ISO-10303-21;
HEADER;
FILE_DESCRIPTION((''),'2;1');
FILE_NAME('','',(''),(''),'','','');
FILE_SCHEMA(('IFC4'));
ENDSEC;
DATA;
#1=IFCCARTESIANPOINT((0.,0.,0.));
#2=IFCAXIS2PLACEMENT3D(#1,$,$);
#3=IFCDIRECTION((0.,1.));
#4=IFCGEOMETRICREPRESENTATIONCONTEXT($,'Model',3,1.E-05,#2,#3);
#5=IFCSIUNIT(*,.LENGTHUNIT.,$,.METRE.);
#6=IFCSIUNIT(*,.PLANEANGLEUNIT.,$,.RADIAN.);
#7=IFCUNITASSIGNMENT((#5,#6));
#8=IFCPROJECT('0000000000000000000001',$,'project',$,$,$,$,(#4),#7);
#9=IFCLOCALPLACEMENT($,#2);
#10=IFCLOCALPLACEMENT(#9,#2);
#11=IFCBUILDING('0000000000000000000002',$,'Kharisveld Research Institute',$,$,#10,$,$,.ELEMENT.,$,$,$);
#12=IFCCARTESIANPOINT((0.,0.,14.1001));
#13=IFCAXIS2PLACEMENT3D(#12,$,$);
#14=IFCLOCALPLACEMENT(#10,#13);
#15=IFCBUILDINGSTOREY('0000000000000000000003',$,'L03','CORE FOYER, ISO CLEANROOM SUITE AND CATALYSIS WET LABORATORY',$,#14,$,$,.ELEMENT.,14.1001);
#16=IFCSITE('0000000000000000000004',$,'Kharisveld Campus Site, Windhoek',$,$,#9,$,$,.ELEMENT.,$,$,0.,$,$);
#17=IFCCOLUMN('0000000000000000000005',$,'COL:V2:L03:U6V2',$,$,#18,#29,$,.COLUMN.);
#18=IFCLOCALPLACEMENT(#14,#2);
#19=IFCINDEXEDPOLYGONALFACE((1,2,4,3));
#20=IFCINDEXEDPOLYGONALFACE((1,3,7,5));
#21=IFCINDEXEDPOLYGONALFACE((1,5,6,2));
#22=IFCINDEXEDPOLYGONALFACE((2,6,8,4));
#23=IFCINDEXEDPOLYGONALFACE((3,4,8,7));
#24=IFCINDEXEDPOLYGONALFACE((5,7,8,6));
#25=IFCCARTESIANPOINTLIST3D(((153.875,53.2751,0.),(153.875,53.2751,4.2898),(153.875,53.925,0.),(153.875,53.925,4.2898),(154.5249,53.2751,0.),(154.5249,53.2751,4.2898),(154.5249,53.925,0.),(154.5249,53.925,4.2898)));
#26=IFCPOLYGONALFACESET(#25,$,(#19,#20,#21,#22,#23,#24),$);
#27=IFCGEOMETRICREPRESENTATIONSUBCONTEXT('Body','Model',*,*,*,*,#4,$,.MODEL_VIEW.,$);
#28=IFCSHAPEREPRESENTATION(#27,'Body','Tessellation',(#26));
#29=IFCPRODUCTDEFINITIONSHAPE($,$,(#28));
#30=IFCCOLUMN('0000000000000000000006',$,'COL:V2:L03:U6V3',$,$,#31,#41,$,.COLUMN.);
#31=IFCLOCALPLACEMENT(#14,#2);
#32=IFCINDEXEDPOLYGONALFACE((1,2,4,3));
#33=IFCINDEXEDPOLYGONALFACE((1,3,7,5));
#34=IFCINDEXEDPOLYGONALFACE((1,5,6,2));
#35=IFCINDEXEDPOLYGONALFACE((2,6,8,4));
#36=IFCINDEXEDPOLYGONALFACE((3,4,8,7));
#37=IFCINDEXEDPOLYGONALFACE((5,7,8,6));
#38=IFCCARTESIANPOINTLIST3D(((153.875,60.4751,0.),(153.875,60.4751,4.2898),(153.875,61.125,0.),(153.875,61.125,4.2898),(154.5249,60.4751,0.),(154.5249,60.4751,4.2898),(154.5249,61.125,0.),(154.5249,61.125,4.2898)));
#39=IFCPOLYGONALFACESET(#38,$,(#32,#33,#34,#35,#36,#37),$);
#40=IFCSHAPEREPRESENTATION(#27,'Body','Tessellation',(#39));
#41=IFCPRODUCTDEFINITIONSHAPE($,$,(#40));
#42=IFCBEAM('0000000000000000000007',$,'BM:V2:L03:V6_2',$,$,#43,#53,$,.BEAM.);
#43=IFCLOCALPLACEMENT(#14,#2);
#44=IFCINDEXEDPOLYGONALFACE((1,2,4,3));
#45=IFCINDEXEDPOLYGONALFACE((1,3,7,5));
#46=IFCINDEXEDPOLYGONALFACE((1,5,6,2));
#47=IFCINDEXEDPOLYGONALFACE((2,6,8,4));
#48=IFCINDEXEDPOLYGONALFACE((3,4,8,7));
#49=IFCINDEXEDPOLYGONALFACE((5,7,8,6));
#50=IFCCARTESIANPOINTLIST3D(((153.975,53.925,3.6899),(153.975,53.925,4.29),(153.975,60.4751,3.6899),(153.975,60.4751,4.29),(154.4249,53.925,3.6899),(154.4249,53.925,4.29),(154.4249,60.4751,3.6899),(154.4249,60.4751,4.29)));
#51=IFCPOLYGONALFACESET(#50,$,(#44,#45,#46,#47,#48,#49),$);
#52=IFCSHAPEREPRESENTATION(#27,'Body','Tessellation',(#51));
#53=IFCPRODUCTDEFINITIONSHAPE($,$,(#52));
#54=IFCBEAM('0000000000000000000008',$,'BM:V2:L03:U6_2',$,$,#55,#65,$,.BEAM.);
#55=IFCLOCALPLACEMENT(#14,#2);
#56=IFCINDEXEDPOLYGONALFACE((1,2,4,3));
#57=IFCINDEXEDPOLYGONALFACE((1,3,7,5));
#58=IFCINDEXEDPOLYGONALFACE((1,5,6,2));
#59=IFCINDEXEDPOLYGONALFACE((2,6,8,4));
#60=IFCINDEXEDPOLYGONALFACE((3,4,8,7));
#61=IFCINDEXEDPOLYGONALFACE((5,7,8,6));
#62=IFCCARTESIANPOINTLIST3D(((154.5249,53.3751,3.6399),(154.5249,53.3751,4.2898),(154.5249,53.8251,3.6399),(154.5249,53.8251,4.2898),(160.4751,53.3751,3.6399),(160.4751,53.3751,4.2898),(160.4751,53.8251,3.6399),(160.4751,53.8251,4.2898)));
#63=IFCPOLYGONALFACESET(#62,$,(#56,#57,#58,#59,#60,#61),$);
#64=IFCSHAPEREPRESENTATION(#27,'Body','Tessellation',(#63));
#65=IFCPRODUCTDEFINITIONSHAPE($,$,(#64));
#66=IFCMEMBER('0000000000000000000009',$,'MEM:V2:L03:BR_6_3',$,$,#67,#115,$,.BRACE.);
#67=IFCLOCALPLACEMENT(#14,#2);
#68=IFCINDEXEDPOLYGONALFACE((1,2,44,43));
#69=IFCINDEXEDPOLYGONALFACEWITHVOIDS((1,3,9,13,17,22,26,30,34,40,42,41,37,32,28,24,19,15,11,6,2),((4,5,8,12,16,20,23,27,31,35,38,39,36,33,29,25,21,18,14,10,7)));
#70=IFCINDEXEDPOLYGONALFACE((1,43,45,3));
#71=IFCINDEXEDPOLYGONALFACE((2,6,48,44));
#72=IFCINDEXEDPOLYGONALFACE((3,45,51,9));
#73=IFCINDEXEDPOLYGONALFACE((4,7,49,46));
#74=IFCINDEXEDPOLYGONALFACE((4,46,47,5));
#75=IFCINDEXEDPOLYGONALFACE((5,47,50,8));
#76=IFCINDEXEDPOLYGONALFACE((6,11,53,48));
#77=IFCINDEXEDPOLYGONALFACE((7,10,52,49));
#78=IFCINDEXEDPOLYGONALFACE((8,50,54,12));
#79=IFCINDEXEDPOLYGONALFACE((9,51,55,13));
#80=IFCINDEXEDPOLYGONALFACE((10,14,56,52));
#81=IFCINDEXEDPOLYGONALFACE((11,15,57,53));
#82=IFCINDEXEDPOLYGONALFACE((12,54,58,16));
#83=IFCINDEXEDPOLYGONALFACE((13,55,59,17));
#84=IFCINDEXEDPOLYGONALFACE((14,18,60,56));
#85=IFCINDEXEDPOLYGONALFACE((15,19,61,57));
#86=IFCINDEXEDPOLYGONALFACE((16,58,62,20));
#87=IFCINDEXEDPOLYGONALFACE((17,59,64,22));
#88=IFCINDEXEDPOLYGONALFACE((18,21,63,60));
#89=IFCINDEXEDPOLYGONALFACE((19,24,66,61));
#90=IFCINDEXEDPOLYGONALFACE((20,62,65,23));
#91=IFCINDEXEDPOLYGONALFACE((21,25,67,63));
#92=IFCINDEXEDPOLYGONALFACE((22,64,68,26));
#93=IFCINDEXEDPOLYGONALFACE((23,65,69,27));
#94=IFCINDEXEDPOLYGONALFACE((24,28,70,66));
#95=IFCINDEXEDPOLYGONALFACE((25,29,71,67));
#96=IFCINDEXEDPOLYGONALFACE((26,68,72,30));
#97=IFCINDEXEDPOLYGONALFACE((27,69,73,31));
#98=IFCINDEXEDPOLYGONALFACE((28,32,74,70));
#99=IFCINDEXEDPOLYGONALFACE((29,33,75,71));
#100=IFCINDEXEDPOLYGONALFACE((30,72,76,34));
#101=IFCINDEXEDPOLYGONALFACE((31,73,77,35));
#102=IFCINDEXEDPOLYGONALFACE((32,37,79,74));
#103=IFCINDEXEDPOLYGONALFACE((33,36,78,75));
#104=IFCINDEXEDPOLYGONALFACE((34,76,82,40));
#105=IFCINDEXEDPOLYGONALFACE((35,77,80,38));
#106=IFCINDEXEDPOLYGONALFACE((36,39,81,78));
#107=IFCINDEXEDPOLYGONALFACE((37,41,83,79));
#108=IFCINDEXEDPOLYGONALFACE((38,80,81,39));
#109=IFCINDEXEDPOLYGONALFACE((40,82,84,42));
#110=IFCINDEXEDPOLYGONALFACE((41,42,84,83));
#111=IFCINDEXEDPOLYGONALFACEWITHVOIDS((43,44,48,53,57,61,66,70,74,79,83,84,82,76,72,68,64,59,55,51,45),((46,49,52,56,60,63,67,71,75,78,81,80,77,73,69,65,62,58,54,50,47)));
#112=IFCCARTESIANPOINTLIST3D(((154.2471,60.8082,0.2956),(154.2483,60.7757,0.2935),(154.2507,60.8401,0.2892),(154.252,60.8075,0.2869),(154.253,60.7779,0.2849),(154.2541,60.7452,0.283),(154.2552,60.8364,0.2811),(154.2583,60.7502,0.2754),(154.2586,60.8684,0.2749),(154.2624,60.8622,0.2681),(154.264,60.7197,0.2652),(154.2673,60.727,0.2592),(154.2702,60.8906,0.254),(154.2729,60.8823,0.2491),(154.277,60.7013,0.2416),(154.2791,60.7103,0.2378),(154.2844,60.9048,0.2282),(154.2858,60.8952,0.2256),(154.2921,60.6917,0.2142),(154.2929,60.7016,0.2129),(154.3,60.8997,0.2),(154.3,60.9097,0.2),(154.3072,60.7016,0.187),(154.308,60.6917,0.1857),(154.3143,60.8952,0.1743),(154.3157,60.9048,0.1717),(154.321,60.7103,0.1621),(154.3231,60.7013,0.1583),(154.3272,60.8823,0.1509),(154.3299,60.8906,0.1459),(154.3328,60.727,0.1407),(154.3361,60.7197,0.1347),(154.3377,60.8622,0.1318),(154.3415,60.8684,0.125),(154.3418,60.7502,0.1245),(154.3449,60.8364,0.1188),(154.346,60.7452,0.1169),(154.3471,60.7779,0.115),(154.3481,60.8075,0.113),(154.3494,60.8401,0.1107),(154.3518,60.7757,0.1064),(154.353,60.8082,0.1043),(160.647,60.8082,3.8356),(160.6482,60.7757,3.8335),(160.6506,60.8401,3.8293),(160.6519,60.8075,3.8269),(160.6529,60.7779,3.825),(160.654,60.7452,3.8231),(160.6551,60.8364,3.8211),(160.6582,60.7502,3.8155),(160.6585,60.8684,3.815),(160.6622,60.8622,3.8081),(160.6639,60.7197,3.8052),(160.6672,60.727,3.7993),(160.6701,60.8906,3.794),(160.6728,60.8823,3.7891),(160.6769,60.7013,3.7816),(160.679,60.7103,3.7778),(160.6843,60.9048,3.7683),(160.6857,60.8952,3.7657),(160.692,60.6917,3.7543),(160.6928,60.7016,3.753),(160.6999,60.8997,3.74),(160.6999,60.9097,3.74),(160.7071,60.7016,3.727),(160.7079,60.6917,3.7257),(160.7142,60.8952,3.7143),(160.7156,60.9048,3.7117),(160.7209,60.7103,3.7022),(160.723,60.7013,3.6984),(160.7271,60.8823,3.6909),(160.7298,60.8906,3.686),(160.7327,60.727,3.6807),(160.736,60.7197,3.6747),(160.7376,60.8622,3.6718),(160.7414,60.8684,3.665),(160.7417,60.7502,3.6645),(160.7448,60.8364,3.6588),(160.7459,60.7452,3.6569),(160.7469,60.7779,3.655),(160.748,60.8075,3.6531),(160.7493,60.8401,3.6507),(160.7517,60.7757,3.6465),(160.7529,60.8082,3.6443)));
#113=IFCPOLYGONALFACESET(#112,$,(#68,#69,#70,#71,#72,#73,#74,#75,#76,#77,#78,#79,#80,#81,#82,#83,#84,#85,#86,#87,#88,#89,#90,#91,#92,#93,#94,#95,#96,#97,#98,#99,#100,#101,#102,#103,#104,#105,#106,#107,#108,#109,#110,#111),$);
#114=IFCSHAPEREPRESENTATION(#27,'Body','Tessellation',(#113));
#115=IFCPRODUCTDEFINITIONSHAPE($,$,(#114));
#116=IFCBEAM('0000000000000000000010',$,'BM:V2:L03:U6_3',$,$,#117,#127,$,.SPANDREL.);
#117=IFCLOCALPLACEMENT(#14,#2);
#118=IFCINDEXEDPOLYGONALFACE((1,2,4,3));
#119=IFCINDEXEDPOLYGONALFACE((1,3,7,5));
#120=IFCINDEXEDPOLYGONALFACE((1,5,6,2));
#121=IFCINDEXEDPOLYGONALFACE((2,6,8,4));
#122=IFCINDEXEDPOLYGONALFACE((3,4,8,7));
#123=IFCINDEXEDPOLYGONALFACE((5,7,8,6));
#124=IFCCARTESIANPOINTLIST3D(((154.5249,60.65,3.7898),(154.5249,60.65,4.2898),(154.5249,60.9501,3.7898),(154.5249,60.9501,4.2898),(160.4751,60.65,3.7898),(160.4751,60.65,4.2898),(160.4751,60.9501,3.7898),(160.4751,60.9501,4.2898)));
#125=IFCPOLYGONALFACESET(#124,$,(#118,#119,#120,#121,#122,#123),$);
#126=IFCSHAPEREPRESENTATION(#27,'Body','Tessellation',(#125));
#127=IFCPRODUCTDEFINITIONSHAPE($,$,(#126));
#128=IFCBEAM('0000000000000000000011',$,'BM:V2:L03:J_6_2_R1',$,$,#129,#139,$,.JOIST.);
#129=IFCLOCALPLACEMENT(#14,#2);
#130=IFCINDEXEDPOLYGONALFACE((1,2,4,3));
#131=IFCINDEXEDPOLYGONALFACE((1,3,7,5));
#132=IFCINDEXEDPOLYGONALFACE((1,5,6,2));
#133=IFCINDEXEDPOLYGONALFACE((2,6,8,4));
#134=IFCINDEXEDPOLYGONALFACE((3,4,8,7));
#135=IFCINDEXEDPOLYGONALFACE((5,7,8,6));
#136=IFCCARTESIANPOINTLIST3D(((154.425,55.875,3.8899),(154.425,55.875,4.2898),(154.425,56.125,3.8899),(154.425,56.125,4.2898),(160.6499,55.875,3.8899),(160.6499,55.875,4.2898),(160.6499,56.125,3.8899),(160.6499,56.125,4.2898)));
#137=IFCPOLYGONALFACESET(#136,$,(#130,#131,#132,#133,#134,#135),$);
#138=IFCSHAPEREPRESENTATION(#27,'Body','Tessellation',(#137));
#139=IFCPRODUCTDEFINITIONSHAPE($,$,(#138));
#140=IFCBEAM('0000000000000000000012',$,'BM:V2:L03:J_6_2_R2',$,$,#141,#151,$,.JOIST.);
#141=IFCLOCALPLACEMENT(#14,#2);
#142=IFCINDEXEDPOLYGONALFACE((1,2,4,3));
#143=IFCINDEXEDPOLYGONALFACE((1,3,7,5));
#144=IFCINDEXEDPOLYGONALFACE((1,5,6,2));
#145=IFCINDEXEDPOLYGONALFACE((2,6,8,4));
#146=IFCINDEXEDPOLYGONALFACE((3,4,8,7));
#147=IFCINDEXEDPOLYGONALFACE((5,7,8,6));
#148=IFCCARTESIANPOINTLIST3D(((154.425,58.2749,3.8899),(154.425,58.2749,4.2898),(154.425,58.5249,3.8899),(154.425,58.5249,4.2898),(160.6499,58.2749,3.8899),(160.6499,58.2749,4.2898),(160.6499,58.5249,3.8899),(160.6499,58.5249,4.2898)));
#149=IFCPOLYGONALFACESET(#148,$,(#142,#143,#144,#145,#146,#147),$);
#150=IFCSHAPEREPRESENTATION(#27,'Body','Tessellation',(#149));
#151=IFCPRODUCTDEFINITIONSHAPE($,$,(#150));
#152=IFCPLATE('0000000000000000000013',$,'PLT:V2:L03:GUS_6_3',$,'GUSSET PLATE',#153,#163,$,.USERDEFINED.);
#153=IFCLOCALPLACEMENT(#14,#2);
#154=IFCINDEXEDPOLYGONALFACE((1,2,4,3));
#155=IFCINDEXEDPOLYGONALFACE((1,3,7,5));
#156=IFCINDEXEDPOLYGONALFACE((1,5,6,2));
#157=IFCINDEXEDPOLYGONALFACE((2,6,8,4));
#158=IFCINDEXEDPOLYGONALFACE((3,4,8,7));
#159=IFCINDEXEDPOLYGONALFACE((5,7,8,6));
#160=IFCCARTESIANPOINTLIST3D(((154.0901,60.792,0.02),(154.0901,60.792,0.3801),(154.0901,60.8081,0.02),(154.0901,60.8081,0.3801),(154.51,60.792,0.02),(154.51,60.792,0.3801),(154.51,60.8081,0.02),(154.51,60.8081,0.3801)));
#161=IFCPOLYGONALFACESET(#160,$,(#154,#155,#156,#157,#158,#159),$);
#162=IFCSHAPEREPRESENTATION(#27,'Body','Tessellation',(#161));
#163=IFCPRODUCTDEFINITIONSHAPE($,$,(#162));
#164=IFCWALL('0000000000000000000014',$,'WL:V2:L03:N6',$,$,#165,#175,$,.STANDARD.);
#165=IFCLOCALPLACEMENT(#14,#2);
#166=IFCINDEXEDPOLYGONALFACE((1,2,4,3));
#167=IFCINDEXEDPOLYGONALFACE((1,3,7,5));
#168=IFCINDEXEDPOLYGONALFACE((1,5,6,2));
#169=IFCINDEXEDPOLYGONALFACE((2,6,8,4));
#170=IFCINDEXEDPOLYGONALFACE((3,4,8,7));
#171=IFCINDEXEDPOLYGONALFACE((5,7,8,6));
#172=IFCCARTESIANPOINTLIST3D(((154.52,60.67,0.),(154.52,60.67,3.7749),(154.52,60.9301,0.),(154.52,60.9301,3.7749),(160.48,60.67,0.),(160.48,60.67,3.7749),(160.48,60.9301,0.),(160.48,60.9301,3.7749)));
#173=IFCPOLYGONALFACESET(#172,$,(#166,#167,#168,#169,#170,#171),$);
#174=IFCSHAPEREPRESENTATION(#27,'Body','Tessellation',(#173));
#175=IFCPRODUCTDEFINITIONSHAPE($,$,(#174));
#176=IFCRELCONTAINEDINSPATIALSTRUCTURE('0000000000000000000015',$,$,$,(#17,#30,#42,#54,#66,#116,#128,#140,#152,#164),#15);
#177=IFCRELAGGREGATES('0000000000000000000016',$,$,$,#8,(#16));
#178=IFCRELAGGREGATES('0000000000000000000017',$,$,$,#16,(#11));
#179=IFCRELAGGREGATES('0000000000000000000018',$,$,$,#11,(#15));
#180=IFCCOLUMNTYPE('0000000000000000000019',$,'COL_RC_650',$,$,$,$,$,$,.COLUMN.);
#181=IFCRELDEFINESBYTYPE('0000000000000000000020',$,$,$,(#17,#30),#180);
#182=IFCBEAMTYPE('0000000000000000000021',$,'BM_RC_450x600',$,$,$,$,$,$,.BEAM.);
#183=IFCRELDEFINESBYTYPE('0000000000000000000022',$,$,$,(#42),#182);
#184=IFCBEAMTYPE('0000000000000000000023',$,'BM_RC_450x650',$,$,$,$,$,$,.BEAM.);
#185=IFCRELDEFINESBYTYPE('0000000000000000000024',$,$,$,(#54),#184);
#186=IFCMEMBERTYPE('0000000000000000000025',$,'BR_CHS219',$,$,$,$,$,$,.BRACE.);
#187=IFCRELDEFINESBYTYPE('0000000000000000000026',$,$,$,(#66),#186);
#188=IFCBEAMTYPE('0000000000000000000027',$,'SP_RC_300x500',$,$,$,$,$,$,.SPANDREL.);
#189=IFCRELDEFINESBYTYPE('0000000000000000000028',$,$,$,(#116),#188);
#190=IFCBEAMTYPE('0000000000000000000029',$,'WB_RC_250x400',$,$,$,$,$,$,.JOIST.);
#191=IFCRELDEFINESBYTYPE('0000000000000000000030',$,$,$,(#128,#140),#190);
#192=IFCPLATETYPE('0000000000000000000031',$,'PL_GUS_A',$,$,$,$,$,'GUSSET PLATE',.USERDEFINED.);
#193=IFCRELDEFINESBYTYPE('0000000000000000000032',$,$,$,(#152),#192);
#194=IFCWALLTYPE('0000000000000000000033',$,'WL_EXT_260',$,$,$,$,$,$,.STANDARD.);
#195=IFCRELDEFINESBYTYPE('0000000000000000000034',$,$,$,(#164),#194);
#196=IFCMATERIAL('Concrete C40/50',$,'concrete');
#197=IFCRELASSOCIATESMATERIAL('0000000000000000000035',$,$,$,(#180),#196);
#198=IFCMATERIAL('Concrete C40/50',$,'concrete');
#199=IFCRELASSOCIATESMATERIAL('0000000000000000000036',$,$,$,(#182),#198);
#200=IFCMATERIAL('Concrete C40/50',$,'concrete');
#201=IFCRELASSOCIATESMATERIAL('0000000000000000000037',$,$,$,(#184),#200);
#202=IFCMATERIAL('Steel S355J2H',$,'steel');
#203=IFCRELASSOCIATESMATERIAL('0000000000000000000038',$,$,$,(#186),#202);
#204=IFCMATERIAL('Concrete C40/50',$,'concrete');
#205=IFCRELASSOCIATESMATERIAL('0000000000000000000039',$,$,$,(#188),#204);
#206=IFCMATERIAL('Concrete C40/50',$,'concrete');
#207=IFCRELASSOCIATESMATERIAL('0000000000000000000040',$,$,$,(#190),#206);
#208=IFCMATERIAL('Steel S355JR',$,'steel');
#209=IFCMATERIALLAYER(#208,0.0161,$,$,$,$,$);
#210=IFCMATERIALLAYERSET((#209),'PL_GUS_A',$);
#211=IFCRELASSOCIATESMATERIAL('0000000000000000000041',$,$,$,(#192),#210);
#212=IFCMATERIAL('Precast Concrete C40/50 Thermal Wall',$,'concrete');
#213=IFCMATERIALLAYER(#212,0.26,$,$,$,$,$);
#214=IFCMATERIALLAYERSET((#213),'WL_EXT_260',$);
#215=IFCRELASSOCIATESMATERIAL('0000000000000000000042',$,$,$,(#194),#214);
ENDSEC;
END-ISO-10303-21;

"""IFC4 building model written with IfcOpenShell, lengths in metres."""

from ifc_helpers import new_model, si_unit, direction, frame, frame_2d, origin, origin_2d, place, context, subcontext, project, spatial, rectangle, hollow_circle, extrude, material, layer, layer_set, material_profile, profile_set, type_object, element, save


model = new_model("IFC4")

# Units and contexts
model_context = context("Model", 3, precision=1e-05, world=origin(), true_north=direction((0.0, 1.0)))
body_context = subcontext(model_context, "Body", "Model", "MODEL_VIEW")
ifc_project = project(units=[si_unit("LENGTHUNIT", "METRE"), si_unit("PLANEANGLEUNIT", "RADIAN")], contexts=[model_context])

# Site, building, storey
site_placement = place(None, origin())
site = spatial("IfcSite", under=ifc_project, at=site_placement, Name="Kharisveld Campus Site, Windhoek", CompositionType="ELEMENT", RefElevation=0.0)
building_placement = place(site_placement, origin())
building = spatial("IfcBuilding", under=site, at=building_placement, Name="Kharisveld Research Institute", CompositionType="ELEMENT")
storey_placement = place(building_placement, frame((0.0, 0.0, 14.1001)))
storey = spatial("IfcBuildingStorey", under=building, at=storey_placement, Name="L03", Description="CORE FOYER, ISO CLEANROOM SUITE AND CATALYSIS WET LABORATORY", CompositionType="ELEMENT", Elevation=14.1001)

# Columns
ifc_material_1 = material(Name="Concrete C40/50", Category="concrete")
ifc_material_profile_1 = material_profile(ifc_material_1, rectangle(XDim=0.6499, YDim=0.6499, at=origin_2d()))
ifc_profile_set_1 = profile_set([ifc_material_profile_1], Name="Concrete C40/50")
column_type = type_object("IfcColumnType", Name="COL_RC_650", PredefinedType="COLUMN", material=ifc_profile_set_1)
for number, where, z_axis, x_axis, name in (
    (1, (154.2, 53.6001, 0.0), (0.0, 0.0, 1.0), (1.0, 0.0, 0.0), "COL:V2:L03:U6V2"),
    (2, (154.2, 60.8, 0.0), (0.0, 0.0, 1.0), (1.0, 0.0, 0.0), "COL:V2:L03:U6V3"),
):
    element("IfcColumn", number, at=place(storey_placement, frame(where, z_axis=z_axis, x_axis=x_axis)), inside=storey, type_object=column_type, Name=name, PredefinedType="COLUMN", context=body_context, shape_type="SweptSolid", body=[
        extrude(rectangle(XDim=0.6499, YDim=0.6499, at=origin_2d()), origin(), (0.0, 0.0, 1.0), 4.2898),
    ])

# Beams
ifc_material_2 = material(Name="Concrete C40/50", Category="concrete")
ifc_material_profile_2 = material_profile(ifc_material_2, rectangle(XDim=0.45, YDim=0.6001, at=origin_2d()))
ifc_profile_set_2 = profile_set([ifc_material_profile_2], Name="Concrete C40/50")
beam_type_1 = type_object("IfcBeamType", Name="BM_RC_450x600", PredefinedType="BEAM", material=ifc_profile_set_2)
beam_1_placement = place(storey_placement, frame((154.2, 53.925, 3.99), z_axis=(0.0, 1.0, 0.0), x_axis=(-1.0, 0.0, 0.0)))
element("IfcBeam", 3, at=beam_1_placement, inside=storey, type_object=beam_type_1, Name="BM:V2:L03:V6_2", PredefinedType="BEAM", context=body_context, shape_type="SweptSolid", body=[
    extrude(rectangle(XDim=0.45, YDim=0.6001, at=origin_2d()), origin(), (0.0, 0.0, 1.0), 6.55),
])
ifc_material_3 = material(Name="Concrete C40/50", Category="concrete")
ifc_material_profile_3 = material_profile(ifc_material_3, rectangle(XDim=0.45, YDim=0.6499, at=origin_2d()))
ifc_profile_set_3 = profile_set([ifc_material_profile_3], Name="Concrete C40/50")
beam_type_2 = type_object("IfcBeamType", Name="BM_RC_450x650", PredefinedType="BEAM", material=ifc_profile_set_3)
beam_2_placement = place(storey_placement, frame((154.5249, 53.6001, 3.9648), z_axis=(1.0, 0.0, 0.0), x_axis=(0.0, 1.0, 0.0)))
element("IfcBeam", 4, at=beam_2_placement, inside=storey, type_object=beam_type_2, Name="BM:V2:L03:U6_2", PredefinedType="BEAM", context=body_context, shape_type="SweptSolid", body=[
    extrude(rectangle(XDim=0.45, YDim=0.6499, at=origin_2d()), origin(), (0.0, 0.0, 1.0), 5.9502),
])

# Member
ifc_material_4 = material(Name="Steel S355J2H", Category="steel")
ifc_material_profile_4 = material_profile(ifc_material_4, hollow_circle(Radius=0.1096, WallThickness=0.01, at=origin_2d()))
ifc_profile_set_4 = profile_set([ifc_material_profile_4], Name="Steel S355J2H")
member_type = type_object("IfcMemberType", Name="BR_CHS219", PredefinedType="BRACE", material=ifc_profile_set_4)
member_placement = place(storey_placement, frame((154.3, 60.8, 0.2), z_axis=(0.875053, 0.0, 0.484027), x_axis=(0.0, 1.0, 0.0)))
element("IfcMember", 5, at=member_placement, inside=storey, type_object=member_type, Name="MEM:V2:L03:BR_6_3", PredefinedType="BRACE", context=body_context, shape_type="SweptSolid", body=[
    extrude(hollow_circle(Radius=0.1096, WallThickness=0.01, at=origin_2d()), origin(), (0.0, 0.0, 1.0), 7.3137),
])

# Beams
ifc_material_5 = material(Name="Concrete C40/50", Category="concrete")
ifc_material_profile_5 = material_profile(ifc_material_5, rectangle(XDim=0.3, YDim=0.5, at=origin_2d()))
ifc_profile_set_5 = profile_set([ifc_material_profile_5], Name="Concrete C40/50")
beam_type_3 = type_object("IfcBeamType", Name="SP_RC_300x500", PredefinedType="SPANDREL", material=ifc_profile_set_5)
beam_3_placement = place(storey_placement, frame((154.5249, 60.8, 4.0398), z_axis=(1.0, 0.0, 0.0), x_axis=(0.0, 1.0, 0.0)))
element("IfcBeam", 6, at=beam_3_placement, inside=storey, type_object=beam_type_3, Name="BM:V2:L03:U6_3", PredefinedType="SPANDREL", context=body_context, shape_type="SweptSolid", body=[
    extrude(rectangle(XDim=0.3, YDim=0.5, at=origin_2d()), origin(), (0.0, 0.0, 1.0), 5.9502),
])
ifc_material_6 = material(Name="Concrete C40/50", Category="concrete")
ifc_material_profile_6 = material_profile(ifc_material_6, rectangle(XDim=0.25, YDim=0.3999, at=origin_2d()))
ifc_profile_set_6 = profile_set([ifc_material_profile_6], Name="Concrete C40/50")
beam_type_4 = type_object("IfcBeamType", Name="WB_RC_250x400", PredefinedType="JOIST", material=ifc_profile_set_6)
for number, where, z_axis, x_axis, name in (
    (7, (154.425, 56.0, 4.0898), (1.0, 0.0, 0.0), (0.0, 1.0, 0.0), "BM:V2:L03:J_6_2_R1"),
    (8, (154.425, 58.3999, 4.0898), (1.0, 0.0, 0.0), (0.0, 1.0, 0.0), "BM:V2:L03:J_6_2_R2"),
):
    element("IfcBeam", number, at=place(storey_placement, frame(where, z_axis=z_axis, x_axis=x_axis)), inside=storey, type_object=beam_type_4, Name=name, PredefinedType="JOIST", context=body_context, shape_type="SweptSolid", body=[
        extrude(rectangle(XDim=0.25, YDim=0.3999, at=origin_2d()), origin(), (0.0, 0.0, 1.0), 6.2249),
    ])

# Plate
ifc_material_7 = material(Name="Steel S355JR", Category="steel")
ifc_layer_1 = layer(ifc_material_7, 0.0161)
ifc_layer_set_1 = layer_set([ifc_layer_1], Name="PL_GUS_A")
plate_type = type_object("IfcPlateType", Name="PL_GUS_A", ElementType="GUSSET PLATE", PredefinedType="USERDEFINED", material=ifc_layer_set_1)
plate_placement = place(storey_placement, frame((154.3, 60.8, 0.02), z_axis=(0.0, 0.0, 1.0), x_axis=(1.0, 0.0, 0.0)))
element("IfcPlate", 9, at=plate_placement, inside=storey, type_object=plate_type, Name="PLT:V2:L03:GUS_6_3", ObjectType="GUSSET PLATE", PredefinedType="USERDEFINED", context=body_context, shape_type="SweptSolid", body=[
    extrude(rectangle(XDim=0.4199, YDim=0.0161, at=origin_2d()), origin(), (0.0, 0.0, 1.0), 0.3601),
])

# Wall
ifc_material_8 = material(Name="Precast Concrete C40/50 Thermal Wall", Category="concrete")
ifc_layer_2 = layer(ifc_material_8, 0.26)
ifc_layer_set_2 = layer_set([ifc_layer_2], Name="WL_EXT_260")
wall_type = type_object("IfcWallType", Name="WL_EXT_260", PredefinedType="STANDARD", material=ifc_layer_set_2)
wall_placement = place(storey_placement, frame((154.52, 60.8, 0.0), z_axis=(0.0, 0.0, 1.0), x_axis=(1.0, 0.0, 0.0)))
element("IfcWall", 10, at=wall_placement, inside=storey, type_object=wall_type, Name="WL:V2:L03:N6", PredefinedType="STANDARD", context=body_context, shape_type="SweptSolid", body=[
    extrude(rectangle(XDim=5.96, YDim=0.26, at=frame_2d((2.98, 0.0))), origin(), (0.0, 0.0, 1.0), 3.7749),
])

save(model, "model.ifc")
